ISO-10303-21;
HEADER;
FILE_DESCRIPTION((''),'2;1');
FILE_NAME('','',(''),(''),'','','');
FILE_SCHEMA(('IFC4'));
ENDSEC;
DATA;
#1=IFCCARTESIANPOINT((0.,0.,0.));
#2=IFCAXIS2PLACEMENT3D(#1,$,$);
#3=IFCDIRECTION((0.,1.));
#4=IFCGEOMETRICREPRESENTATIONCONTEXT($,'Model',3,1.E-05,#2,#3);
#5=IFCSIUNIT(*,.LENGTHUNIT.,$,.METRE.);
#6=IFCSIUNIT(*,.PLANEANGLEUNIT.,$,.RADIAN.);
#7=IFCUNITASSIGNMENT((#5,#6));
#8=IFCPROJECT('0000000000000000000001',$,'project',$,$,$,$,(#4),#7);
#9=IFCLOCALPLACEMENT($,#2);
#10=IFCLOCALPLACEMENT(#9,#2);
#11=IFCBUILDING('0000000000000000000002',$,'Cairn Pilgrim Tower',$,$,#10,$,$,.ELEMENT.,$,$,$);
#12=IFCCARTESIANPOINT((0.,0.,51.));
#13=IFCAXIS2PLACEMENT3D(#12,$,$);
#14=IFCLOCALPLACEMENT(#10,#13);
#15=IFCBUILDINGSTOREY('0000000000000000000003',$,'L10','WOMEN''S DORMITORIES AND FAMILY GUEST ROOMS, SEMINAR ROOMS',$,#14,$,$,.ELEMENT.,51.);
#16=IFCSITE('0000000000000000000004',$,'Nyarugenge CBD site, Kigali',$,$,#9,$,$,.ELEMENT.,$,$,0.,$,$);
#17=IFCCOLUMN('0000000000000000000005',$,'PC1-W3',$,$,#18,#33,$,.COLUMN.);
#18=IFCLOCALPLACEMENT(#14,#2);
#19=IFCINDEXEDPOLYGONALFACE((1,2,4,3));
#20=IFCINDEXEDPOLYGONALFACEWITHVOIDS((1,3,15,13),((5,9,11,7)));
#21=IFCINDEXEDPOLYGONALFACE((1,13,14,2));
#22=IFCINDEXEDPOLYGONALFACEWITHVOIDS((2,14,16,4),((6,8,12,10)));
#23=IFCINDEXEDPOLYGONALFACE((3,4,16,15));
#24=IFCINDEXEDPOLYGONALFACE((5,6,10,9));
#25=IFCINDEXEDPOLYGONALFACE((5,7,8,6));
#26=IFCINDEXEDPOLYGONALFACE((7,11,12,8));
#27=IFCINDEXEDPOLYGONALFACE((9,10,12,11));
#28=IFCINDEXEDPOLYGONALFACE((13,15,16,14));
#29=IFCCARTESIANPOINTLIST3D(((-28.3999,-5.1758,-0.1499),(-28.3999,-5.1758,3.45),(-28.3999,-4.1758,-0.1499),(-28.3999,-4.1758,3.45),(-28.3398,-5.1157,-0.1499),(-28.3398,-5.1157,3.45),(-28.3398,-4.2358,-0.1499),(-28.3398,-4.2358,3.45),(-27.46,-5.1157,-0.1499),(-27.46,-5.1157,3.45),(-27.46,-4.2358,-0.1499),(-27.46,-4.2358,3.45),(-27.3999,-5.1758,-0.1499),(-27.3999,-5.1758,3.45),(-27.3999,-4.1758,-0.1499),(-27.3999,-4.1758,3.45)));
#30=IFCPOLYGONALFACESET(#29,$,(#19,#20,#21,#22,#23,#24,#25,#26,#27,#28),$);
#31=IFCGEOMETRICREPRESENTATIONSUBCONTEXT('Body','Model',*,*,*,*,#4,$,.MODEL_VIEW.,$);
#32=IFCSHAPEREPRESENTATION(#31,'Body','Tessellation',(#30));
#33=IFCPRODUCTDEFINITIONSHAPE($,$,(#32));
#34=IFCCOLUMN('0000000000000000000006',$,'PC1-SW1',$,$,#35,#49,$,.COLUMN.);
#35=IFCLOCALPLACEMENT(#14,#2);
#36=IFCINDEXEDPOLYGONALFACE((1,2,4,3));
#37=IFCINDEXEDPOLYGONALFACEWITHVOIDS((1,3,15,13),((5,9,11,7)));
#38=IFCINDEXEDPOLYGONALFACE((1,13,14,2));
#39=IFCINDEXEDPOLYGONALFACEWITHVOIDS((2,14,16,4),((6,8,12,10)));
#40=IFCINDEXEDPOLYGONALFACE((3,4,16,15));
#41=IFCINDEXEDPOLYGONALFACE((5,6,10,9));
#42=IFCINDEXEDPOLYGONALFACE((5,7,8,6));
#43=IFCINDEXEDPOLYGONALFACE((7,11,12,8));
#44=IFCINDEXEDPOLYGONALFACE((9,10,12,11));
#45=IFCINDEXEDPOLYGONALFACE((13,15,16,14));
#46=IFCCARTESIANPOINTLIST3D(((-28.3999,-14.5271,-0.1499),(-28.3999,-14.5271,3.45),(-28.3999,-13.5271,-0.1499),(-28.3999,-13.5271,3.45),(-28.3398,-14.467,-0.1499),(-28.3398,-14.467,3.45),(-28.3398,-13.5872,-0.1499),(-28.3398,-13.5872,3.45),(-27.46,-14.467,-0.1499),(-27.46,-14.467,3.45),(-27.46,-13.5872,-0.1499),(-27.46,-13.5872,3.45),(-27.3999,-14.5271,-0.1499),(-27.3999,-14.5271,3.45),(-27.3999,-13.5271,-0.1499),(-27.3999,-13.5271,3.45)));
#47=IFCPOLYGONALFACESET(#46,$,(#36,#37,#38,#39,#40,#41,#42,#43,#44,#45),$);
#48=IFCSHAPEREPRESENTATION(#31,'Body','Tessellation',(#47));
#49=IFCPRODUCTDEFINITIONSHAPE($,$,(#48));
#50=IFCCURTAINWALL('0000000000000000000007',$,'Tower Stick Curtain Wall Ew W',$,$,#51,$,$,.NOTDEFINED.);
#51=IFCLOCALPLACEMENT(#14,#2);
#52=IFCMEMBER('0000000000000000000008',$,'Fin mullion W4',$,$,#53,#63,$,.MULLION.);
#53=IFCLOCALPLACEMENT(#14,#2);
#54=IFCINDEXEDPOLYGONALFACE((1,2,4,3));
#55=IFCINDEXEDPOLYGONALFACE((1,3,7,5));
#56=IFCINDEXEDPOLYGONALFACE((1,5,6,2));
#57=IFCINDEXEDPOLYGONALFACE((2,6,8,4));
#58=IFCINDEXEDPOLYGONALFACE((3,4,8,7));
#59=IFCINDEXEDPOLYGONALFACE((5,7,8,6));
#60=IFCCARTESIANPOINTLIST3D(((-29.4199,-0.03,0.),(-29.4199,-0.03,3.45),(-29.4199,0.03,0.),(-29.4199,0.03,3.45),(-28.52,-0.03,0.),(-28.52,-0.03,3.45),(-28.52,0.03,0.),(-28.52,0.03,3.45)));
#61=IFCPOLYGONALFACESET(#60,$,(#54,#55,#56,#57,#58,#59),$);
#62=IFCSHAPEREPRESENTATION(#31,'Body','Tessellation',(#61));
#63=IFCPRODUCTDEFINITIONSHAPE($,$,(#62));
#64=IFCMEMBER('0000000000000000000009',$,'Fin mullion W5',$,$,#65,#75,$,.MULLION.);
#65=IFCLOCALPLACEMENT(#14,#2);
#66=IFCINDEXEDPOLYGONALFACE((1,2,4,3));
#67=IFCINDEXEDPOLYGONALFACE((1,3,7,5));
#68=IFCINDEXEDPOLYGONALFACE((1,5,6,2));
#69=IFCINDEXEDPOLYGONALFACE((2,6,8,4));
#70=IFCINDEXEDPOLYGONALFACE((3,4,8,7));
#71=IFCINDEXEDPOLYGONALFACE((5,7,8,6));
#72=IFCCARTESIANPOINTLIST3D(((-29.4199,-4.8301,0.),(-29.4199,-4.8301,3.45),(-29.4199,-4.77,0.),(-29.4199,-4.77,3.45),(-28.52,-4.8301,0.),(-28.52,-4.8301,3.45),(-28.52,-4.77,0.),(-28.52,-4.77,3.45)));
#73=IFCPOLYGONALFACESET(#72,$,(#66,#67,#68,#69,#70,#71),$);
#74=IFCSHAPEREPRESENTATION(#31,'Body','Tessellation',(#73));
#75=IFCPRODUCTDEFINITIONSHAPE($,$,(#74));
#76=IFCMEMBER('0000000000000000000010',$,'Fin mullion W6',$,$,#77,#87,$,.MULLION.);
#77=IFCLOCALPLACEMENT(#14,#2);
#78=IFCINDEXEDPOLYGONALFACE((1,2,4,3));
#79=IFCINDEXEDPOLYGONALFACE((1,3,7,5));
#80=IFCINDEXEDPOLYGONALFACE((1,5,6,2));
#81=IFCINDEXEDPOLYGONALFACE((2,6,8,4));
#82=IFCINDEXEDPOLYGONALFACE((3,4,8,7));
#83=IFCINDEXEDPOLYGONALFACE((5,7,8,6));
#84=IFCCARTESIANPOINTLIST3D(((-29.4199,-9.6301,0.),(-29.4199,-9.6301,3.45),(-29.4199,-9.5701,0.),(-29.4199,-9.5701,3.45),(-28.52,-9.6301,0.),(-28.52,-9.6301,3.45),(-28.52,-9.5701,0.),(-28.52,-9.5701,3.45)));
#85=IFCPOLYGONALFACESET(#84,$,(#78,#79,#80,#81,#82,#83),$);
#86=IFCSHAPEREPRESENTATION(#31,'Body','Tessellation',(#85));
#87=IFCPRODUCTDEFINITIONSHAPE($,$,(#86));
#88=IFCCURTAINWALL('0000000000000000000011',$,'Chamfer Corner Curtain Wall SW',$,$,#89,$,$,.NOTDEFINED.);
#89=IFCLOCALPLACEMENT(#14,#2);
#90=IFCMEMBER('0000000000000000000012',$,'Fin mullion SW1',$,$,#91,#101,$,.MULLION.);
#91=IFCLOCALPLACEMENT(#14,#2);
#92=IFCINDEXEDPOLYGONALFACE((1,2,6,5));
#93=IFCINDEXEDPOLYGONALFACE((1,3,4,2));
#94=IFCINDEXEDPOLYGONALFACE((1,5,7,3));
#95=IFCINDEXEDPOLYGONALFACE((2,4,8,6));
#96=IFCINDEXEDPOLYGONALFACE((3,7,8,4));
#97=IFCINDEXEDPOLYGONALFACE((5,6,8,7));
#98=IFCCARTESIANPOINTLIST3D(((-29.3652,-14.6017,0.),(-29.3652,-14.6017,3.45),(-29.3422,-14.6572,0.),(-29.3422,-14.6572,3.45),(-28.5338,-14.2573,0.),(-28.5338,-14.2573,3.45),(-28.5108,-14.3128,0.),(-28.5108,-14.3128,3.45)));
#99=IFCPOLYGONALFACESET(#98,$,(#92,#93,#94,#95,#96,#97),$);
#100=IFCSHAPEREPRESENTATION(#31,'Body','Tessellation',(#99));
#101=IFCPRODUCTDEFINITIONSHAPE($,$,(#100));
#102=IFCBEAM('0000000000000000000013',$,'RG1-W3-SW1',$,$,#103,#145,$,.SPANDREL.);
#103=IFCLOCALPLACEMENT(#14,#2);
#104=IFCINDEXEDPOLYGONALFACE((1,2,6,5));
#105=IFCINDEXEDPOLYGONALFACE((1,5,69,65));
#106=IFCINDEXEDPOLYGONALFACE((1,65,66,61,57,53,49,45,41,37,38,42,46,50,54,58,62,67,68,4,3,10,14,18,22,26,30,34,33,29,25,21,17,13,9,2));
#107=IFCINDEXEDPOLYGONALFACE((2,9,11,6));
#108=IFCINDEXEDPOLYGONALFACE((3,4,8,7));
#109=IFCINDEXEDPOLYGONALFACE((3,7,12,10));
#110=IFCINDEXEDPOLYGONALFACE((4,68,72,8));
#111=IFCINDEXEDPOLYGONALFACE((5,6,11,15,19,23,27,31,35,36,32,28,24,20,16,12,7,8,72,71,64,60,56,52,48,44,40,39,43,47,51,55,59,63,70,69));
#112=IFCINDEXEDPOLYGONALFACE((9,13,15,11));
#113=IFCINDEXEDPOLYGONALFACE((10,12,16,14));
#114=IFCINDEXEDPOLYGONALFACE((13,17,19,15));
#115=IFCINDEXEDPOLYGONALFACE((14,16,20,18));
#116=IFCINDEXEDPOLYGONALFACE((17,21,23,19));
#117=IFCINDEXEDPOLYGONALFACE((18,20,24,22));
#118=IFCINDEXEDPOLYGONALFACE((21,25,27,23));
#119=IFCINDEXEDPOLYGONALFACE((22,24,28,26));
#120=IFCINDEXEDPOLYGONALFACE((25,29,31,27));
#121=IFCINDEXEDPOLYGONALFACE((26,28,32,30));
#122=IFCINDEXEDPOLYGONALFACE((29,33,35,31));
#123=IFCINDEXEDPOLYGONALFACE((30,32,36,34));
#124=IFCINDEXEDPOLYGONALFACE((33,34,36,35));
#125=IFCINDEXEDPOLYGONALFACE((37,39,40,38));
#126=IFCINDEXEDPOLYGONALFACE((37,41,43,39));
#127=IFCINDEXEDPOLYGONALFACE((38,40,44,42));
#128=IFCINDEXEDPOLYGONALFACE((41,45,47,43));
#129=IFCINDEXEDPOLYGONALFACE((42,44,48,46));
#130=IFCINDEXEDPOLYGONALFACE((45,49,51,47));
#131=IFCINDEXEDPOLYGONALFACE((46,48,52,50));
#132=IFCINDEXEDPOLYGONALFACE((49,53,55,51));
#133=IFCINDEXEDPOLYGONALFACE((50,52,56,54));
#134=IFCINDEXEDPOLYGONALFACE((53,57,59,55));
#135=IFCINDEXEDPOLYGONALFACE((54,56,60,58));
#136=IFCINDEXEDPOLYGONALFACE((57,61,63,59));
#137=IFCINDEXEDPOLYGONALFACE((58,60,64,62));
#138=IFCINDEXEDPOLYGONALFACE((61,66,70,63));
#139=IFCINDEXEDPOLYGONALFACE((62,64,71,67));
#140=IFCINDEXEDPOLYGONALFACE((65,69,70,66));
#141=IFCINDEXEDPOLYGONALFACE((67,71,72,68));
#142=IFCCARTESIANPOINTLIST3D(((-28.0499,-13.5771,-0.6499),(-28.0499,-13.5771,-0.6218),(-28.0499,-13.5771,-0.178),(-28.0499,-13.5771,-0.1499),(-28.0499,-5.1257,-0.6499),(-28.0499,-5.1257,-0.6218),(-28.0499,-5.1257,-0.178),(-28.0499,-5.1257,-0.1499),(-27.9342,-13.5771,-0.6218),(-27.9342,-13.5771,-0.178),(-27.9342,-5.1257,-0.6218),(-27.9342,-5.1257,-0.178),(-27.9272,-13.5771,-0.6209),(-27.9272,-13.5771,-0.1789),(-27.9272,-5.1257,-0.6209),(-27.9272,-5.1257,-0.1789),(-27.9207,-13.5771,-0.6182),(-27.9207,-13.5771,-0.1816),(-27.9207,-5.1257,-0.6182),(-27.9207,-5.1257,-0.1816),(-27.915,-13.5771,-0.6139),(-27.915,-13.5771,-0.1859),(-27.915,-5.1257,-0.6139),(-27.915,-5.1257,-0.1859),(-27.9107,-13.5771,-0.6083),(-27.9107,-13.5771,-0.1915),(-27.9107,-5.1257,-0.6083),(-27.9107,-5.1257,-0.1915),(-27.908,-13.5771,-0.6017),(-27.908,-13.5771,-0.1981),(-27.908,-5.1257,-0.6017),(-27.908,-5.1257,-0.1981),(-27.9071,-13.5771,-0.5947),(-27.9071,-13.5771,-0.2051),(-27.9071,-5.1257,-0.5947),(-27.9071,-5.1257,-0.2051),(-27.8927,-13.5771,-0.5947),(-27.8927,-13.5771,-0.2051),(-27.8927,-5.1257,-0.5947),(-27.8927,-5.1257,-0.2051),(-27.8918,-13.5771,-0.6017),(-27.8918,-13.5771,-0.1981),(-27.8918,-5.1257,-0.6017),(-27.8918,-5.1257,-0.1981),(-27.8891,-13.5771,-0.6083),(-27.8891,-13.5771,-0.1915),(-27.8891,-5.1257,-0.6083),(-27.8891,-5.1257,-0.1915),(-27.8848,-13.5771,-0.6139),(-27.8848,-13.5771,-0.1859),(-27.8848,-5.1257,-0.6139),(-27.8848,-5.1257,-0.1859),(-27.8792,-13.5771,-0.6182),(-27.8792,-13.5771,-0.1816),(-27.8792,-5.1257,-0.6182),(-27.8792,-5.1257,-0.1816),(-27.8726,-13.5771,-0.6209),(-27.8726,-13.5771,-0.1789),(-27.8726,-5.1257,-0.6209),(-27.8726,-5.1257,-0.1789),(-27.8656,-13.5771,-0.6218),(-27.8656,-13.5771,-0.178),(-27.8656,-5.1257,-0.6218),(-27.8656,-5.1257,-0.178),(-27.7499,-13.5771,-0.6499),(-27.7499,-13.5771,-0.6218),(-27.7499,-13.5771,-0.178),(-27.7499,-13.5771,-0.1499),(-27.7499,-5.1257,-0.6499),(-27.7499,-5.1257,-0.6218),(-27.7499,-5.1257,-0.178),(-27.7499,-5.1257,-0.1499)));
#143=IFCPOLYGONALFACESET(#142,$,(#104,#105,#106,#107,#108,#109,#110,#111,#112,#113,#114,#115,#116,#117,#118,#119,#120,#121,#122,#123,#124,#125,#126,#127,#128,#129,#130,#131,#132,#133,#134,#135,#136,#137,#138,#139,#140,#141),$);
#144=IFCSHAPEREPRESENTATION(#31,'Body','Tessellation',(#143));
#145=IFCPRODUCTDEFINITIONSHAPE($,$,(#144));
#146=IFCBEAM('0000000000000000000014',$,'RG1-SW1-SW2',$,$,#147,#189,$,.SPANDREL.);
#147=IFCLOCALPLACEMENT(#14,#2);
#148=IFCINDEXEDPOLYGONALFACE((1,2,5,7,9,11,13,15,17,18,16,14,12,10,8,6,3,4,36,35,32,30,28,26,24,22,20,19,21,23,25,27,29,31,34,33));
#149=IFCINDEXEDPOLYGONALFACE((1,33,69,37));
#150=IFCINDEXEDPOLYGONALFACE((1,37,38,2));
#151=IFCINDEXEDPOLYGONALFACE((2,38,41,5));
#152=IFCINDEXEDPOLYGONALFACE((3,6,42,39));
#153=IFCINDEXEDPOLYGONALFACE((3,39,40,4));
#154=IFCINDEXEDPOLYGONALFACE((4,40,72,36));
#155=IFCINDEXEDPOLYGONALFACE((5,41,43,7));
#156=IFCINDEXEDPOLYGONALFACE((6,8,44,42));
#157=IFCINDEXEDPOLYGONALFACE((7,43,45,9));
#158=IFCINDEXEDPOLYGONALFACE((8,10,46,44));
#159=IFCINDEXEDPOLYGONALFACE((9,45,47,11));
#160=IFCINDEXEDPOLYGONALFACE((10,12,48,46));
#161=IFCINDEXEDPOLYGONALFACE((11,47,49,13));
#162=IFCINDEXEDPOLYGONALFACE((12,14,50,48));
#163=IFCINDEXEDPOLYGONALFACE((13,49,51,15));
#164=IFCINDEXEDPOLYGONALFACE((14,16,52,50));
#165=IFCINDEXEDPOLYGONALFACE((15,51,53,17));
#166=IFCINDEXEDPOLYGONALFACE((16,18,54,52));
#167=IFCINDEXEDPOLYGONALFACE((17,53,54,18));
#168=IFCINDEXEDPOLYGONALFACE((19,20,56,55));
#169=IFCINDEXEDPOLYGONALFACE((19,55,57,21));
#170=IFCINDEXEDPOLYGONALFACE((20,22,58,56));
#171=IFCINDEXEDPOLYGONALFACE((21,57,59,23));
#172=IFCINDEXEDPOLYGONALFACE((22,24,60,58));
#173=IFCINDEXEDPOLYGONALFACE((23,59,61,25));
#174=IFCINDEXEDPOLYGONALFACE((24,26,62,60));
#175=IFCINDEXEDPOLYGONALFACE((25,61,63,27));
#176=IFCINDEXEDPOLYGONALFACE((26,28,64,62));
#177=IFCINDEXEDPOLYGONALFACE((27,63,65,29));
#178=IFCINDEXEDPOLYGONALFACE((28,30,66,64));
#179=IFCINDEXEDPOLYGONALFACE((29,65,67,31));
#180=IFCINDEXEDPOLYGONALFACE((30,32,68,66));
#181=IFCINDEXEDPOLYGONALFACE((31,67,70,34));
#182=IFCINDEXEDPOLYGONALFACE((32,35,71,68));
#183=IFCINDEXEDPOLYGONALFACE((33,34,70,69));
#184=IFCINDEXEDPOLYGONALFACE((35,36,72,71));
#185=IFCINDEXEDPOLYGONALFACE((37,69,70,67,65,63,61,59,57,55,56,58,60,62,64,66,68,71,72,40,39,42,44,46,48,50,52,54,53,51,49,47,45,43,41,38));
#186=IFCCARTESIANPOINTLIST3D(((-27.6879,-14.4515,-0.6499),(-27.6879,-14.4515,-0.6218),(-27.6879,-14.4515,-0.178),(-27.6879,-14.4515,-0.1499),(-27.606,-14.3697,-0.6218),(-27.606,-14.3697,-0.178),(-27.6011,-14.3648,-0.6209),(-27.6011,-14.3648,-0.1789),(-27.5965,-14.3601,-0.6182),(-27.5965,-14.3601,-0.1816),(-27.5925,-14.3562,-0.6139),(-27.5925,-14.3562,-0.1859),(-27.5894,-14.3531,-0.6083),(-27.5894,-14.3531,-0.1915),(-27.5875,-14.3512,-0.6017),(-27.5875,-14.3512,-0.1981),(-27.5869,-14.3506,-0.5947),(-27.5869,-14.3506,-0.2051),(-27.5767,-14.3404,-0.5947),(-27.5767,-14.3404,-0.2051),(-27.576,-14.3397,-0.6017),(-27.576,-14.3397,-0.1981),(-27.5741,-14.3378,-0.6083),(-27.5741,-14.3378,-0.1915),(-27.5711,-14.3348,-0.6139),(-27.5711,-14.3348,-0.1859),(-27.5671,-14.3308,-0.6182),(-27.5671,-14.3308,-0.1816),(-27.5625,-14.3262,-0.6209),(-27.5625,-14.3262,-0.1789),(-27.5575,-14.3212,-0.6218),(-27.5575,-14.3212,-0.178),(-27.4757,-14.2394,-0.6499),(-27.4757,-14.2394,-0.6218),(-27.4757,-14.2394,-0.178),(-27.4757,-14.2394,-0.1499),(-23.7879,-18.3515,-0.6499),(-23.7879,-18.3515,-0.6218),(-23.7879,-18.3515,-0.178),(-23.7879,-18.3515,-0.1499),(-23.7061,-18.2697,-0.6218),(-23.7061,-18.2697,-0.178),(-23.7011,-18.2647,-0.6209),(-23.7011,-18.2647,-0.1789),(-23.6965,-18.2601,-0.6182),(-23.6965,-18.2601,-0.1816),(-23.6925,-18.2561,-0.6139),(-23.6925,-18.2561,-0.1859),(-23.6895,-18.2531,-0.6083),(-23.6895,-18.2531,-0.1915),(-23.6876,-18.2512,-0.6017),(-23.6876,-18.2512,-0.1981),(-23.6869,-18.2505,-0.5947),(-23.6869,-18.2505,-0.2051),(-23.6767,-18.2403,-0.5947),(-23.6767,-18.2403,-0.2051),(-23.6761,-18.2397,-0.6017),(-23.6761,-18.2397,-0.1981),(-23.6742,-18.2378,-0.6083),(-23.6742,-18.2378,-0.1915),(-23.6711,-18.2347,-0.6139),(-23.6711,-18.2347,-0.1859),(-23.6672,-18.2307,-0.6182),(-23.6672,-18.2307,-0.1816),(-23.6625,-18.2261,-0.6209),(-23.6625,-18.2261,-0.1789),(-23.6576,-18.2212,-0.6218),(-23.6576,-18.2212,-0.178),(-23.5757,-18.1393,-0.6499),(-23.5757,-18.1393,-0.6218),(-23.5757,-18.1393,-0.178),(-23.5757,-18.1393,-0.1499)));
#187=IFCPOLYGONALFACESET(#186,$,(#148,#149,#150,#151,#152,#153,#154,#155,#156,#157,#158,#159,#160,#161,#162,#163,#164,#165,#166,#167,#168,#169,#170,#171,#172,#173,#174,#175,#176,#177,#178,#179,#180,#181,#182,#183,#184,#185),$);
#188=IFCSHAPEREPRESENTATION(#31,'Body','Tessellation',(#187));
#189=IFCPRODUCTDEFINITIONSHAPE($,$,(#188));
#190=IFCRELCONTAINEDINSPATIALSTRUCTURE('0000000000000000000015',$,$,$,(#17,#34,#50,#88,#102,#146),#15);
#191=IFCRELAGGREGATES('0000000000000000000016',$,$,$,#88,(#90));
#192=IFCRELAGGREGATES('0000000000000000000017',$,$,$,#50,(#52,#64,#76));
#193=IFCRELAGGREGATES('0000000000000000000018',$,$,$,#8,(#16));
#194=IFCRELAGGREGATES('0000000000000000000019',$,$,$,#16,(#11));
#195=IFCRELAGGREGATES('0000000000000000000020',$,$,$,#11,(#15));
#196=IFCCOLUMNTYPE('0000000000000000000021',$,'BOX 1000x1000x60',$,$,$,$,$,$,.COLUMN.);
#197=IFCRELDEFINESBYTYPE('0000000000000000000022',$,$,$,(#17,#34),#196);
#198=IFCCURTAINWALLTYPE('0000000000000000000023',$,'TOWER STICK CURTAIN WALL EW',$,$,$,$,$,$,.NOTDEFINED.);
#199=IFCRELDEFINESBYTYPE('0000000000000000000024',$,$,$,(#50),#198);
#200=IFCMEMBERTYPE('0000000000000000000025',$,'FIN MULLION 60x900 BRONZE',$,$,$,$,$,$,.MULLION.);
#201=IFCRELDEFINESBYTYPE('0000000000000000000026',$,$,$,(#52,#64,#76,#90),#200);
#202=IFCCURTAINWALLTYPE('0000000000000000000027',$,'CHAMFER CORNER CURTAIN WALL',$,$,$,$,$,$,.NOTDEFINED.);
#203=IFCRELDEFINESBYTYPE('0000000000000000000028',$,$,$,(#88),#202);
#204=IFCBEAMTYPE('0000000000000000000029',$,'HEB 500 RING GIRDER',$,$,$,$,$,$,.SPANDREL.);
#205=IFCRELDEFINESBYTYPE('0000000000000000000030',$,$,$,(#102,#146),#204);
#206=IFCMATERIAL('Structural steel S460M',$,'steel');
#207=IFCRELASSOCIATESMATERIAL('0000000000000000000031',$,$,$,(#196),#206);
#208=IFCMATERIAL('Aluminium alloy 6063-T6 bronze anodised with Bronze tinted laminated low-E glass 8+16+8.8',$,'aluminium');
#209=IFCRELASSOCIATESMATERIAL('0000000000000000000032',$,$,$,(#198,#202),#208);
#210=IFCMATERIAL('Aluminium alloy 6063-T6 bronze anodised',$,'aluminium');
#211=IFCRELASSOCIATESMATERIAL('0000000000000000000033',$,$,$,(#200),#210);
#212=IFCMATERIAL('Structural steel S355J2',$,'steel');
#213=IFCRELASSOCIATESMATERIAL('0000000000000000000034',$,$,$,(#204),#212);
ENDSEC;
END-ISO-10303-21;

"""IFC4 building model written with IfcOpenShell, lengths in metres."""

from ifc_helpers import new_model, si_unit, direction, frame, origin, origin_2d, place, context, subcontext, project, spatial, rectangle, hollow_rectangle, i_section, extrude, material, material_profile, profile_set, type_object, element, aggregate, save


model = new_model("IFC4")

# Units and contexts
model_context = context("Model", 3, precision=1e-05, world=origin(), true_north=direction((0.0, 1.0)))
body_context = subcontext(model_context, "Body", "Model", "MODEL_VIEW")
ifc_project = project(units=[si_unit("LENGTHUNIT", "METRE"), si_unit("PLANEANGLEUNIT", "RADIAN")], contexts=[model_context])

# Site, building, storey
site_placement = place(None, origin())
site = spatial("IfcSite", under=ifc_project, at=site_placement, Name="Nyarugenge CBD site, Kigali", CompositionType="ELEMENT", RefElevation=0.0)
building_placement = place(site_placement, origin())
building = spatial("IfcBuilding", under=site, at=building_placement, Name="Cairn Pilgrim Tower", CompositionType="ELEMENT")
storey_placement = place(building_placement, frame((0.0, 0.0, 51.0)))
storey = spatial("IfcBuildingStorey", under=building, at=storey_placement, Name="L10", Description="WOMEN'S DORMITORIES AND FAMILY GUEST ROOMS, SEMINAR ROOMS", CompositionType="ELEMENT", Elevation=51.0)

# Columns
ifc_material_1 = material(Name="Structural steel S460M", Category="steel")
ifc_material_profile_1 = material_profile(ifc_material_1, hollow_rectangle(XDim=1.0, YDim=1.0, WallThickness=0.0601, at=origin_2d()), Name="BOX 1000x1000x60")
ifc_profile_set_1 = profile_set([ifc_material_profile_1], Name="Structural steel S460M")
column_type = type_object("IfcColumnType", Name="BOX 1000x1000x60", PredefinedType="COLUMN", material=ifc_profile_set_1)
for number, where, z_axis, x_axis, name in (
    (1, (-27.8999, -4.6758, -0.1499), (0.0, 0.0, 1.0), (1.0, 0.0, 0.0), "PC1-W3"),
    (2, (-27.8999, -14.0271, -0.1499), (0.0, 0.0, 1.0), (1.0, 0.0, 0.0), "PC1-SW1"),
):
    element("IfcColumn", number, at=place(storey_placement, frame(where, z_axis=z_axis, x_axis=x_axis)), inside=storey, type_object=column_type, Name=name, PredefinedType="COLUMN", context=body_context, shape_type="SweptSolid", body=[
        extrude(hollow_rectangle(XDim=1.0, YDim=1.0, WallThickness=0.0601, at=origin_2d()), origin(), (0.0, 0.0, 1.0), 3.5999),
    ])

# Curtain wall, members
ifc_material_2 = material(Name="Aluminium alloy 6063-T6 bronze anodised with Bronze tinted laminated low-E glass 8+16+8.8", Category="aluminium")
curtain_wall_type_1 = type_object("IfcCurtainWallType", Name="TOWER STICK CURTAIN WALL EW", PredefinedType="NOTDEFINED", material=ifc_material_2)
curtain_wall_1_placement = place(storey_placement, origin())
curtain_wall_1 = element("IfcCurtainWall", 3, at=curtain_wall_1_placement, inside=storey, type_object=curtain_wall_type_1, Name="Tower Stick Curtain Wall Ew W", PredefinedType="NOTDEFINED")
ifc_material_3 = material(Name="Aluminium alloy 6063-T6 bronze anodised", Category="aluminium")
ifc_material_profile_2 = material_profile(ifc_material_3, rectangle(XDim=0.8999, YDim=0.0601, at=origin_2d()), Name="FIN MULLION 60x900 BRONZE")
ifc_profile_set_2 = profile_set([ifc_material_profile_2], Name="Aluminium alloy 6063-T6 bronze anodised")
member_type_1 = type_object("IfcMemberType", Name="FIN MULLION 60x900 BRONZE", PredefinedType="MULLION", material=ifc_profile_set_2)
member_1_placement = place(storey_placement, frame((-28.97, 0.0, 0.0), z_axis=(0.0, 0.0, 1.0), x_axis=(-1.0, 0.0, 0.0)))
member_1 = element("IfcMember", 4, at=member_1_placement, type_object=member_type_1, Name="Fin mullion W4", PredefinedType="MULLION", context=body_context, shape_type="SweptSolid", body=[
    extrude(rectangle(XDim=0.8999, YDim=0.0601, at=origin_2d()), origin(), (0.0, 0.0, 1.0), 3.45),
])
member_2_placement = place(storey_placement, frame((-28.97, -4.8, 0.0), z_axis=(0.0, 0.0, 1.0), x_axis=(-1.0, 0.0, 0.0)))
member_2 = element("IfcMember", 5, at=member_2_placement, type_object=member_type_1, Name="Fin mullion W5", PredefinedType="MULLION", context=body_context, shape_type="SweptSolid", body=[
    extrude(rectangle(XDim=0.8999, YDim=0.0601, at=origin_2d()), origin(), (0.0, 0.0, 1.0), 3.45),
])
member_3_placement = place(storey_placement, frame((-28.97, -9.6001, 0.0), z_axis=(0.0, 0.0, 1.0), x_axis=(-1.0, 0.0, 0.0)))
member_3 = element("IfcMember", 6, at=member_3_placement, type_object=member_type_1, Name="Fin mullion W6", PredefinedType="MULLION", context=body_context, shape_type="SweptSolid", body=[
    extrude(rectangle(XDim=0.8999, YDim=0.0601, at=origin_2d()), origin(), (0.0, 0.0, 1.0), 3.45),
])

# Curtain wall, member
curtain_wall_type_2 = type_object("IfcCurtainWallType", Name="CHAMFER CORNER CURTAIN WALL", PredefinedType="NOTDEFINED", material=ifc_material_2)
curtain_wall_2_placement = place(storey_placement, origin())
curtain_wall_2 = element("IfcCurtainWall", 7, at=curtain_wall_2_placement, inside=storey, type_object=curtain_wall_type_2, Name="Chamfer Corner Curtain Wall SW", PredefinedType="NOTDEFINED")
member_4_placement = place(storey_placement, frame((-28.938, -14.4573, 0.0), z_axis=(0.0, 0.0, 1.0), x_axis=(-0.92388, -0.382683, 0.0)))
member_4 = element("IfcMember", 8, at=member_4_placement, type_object=member_type_1, Name="Fin mullion SW1", PredefinedType="MULLION", context=body_context, shape_type="SweptSolid", body=[
    extrude(rectangle(XDim=0.8999, YDim=0.0601, at=origin_2d()), origin(), (0.0, 0.0, 1.0), 3.45),
])

# Beams
ifc_material_4 = material(Name="Structural steel S355J2", Category="steel")
ifc_material_profile_3 = material_profile(ifc_material_4, i_section(OverallWidth=0.3, OverallDepth=0.5, WebThickness=0.0144, FlangeThickness=0.0281, FilletRadius=0.0271, at=origin_2d()), Name="HEB 500")
ifc_profile_set_3 = profile_set([ifc_material_profile_3], Name="Structural steel S355J2")
beam_type_1 = type_object("IfcBeamType", Name="HEB 500 RING GIRDER", PredefinedType="SPANDREL", material=ifc_profile_set_3)
beam_1_placement = place(storey_placement, frame((-27.8999, -5.1257, -0.3999), z_axis=(0.0, -1.0, 0.0), x_axis=(1.0, 0.0, 0.0)))
element("IfcBeam", 9, at=beam_1_placement, inside=storey, type_object=beam_type_1, Name="RG1-W3-SW1", PredefinedType="SPANDREL", context=body_context, shape_type="SweptSolid", body=[
    extrude(i_section(OverallWidth=0.3, OverallDepth=0.5, WebThickness=0.0144, FlangeThickness=0.0281, FilletRadius=0.0271, at=origin_2d()), origin(), (0.0, 0.0, 1.0), 8.4514),
])
beam_2_placement = place(storey_placement, frame((-27.5818, -14.3455, -0.3999), z_axis=(0.707107, -0.707107, 0.0), x_axis=(0.707107, 0.707107, 0.0)))
element("IfcBeam", 10, at=beam_2_placement, inside=storey, type_object=beam_type_1, Name="RG1-SW1-SW2", PredefinedType="SPANDREL", context=body_context, shape_type="SweptSolid", body=[
    extrude(i_section(OverallWidth=0.3, OverallDepth=0.5, WebThickness=0.0144, FlangeThickness=0.0281, FilletRadius=0.0271, at=origin_2d()), origin(), (0.0, 0.0, 1.0), 5.5154),
])

aggregate(curtain_wall_2, [member_4])

aggregate(curtain_wall_1, [member_1, member_2, member_3])

save(model, "model.ifc")
